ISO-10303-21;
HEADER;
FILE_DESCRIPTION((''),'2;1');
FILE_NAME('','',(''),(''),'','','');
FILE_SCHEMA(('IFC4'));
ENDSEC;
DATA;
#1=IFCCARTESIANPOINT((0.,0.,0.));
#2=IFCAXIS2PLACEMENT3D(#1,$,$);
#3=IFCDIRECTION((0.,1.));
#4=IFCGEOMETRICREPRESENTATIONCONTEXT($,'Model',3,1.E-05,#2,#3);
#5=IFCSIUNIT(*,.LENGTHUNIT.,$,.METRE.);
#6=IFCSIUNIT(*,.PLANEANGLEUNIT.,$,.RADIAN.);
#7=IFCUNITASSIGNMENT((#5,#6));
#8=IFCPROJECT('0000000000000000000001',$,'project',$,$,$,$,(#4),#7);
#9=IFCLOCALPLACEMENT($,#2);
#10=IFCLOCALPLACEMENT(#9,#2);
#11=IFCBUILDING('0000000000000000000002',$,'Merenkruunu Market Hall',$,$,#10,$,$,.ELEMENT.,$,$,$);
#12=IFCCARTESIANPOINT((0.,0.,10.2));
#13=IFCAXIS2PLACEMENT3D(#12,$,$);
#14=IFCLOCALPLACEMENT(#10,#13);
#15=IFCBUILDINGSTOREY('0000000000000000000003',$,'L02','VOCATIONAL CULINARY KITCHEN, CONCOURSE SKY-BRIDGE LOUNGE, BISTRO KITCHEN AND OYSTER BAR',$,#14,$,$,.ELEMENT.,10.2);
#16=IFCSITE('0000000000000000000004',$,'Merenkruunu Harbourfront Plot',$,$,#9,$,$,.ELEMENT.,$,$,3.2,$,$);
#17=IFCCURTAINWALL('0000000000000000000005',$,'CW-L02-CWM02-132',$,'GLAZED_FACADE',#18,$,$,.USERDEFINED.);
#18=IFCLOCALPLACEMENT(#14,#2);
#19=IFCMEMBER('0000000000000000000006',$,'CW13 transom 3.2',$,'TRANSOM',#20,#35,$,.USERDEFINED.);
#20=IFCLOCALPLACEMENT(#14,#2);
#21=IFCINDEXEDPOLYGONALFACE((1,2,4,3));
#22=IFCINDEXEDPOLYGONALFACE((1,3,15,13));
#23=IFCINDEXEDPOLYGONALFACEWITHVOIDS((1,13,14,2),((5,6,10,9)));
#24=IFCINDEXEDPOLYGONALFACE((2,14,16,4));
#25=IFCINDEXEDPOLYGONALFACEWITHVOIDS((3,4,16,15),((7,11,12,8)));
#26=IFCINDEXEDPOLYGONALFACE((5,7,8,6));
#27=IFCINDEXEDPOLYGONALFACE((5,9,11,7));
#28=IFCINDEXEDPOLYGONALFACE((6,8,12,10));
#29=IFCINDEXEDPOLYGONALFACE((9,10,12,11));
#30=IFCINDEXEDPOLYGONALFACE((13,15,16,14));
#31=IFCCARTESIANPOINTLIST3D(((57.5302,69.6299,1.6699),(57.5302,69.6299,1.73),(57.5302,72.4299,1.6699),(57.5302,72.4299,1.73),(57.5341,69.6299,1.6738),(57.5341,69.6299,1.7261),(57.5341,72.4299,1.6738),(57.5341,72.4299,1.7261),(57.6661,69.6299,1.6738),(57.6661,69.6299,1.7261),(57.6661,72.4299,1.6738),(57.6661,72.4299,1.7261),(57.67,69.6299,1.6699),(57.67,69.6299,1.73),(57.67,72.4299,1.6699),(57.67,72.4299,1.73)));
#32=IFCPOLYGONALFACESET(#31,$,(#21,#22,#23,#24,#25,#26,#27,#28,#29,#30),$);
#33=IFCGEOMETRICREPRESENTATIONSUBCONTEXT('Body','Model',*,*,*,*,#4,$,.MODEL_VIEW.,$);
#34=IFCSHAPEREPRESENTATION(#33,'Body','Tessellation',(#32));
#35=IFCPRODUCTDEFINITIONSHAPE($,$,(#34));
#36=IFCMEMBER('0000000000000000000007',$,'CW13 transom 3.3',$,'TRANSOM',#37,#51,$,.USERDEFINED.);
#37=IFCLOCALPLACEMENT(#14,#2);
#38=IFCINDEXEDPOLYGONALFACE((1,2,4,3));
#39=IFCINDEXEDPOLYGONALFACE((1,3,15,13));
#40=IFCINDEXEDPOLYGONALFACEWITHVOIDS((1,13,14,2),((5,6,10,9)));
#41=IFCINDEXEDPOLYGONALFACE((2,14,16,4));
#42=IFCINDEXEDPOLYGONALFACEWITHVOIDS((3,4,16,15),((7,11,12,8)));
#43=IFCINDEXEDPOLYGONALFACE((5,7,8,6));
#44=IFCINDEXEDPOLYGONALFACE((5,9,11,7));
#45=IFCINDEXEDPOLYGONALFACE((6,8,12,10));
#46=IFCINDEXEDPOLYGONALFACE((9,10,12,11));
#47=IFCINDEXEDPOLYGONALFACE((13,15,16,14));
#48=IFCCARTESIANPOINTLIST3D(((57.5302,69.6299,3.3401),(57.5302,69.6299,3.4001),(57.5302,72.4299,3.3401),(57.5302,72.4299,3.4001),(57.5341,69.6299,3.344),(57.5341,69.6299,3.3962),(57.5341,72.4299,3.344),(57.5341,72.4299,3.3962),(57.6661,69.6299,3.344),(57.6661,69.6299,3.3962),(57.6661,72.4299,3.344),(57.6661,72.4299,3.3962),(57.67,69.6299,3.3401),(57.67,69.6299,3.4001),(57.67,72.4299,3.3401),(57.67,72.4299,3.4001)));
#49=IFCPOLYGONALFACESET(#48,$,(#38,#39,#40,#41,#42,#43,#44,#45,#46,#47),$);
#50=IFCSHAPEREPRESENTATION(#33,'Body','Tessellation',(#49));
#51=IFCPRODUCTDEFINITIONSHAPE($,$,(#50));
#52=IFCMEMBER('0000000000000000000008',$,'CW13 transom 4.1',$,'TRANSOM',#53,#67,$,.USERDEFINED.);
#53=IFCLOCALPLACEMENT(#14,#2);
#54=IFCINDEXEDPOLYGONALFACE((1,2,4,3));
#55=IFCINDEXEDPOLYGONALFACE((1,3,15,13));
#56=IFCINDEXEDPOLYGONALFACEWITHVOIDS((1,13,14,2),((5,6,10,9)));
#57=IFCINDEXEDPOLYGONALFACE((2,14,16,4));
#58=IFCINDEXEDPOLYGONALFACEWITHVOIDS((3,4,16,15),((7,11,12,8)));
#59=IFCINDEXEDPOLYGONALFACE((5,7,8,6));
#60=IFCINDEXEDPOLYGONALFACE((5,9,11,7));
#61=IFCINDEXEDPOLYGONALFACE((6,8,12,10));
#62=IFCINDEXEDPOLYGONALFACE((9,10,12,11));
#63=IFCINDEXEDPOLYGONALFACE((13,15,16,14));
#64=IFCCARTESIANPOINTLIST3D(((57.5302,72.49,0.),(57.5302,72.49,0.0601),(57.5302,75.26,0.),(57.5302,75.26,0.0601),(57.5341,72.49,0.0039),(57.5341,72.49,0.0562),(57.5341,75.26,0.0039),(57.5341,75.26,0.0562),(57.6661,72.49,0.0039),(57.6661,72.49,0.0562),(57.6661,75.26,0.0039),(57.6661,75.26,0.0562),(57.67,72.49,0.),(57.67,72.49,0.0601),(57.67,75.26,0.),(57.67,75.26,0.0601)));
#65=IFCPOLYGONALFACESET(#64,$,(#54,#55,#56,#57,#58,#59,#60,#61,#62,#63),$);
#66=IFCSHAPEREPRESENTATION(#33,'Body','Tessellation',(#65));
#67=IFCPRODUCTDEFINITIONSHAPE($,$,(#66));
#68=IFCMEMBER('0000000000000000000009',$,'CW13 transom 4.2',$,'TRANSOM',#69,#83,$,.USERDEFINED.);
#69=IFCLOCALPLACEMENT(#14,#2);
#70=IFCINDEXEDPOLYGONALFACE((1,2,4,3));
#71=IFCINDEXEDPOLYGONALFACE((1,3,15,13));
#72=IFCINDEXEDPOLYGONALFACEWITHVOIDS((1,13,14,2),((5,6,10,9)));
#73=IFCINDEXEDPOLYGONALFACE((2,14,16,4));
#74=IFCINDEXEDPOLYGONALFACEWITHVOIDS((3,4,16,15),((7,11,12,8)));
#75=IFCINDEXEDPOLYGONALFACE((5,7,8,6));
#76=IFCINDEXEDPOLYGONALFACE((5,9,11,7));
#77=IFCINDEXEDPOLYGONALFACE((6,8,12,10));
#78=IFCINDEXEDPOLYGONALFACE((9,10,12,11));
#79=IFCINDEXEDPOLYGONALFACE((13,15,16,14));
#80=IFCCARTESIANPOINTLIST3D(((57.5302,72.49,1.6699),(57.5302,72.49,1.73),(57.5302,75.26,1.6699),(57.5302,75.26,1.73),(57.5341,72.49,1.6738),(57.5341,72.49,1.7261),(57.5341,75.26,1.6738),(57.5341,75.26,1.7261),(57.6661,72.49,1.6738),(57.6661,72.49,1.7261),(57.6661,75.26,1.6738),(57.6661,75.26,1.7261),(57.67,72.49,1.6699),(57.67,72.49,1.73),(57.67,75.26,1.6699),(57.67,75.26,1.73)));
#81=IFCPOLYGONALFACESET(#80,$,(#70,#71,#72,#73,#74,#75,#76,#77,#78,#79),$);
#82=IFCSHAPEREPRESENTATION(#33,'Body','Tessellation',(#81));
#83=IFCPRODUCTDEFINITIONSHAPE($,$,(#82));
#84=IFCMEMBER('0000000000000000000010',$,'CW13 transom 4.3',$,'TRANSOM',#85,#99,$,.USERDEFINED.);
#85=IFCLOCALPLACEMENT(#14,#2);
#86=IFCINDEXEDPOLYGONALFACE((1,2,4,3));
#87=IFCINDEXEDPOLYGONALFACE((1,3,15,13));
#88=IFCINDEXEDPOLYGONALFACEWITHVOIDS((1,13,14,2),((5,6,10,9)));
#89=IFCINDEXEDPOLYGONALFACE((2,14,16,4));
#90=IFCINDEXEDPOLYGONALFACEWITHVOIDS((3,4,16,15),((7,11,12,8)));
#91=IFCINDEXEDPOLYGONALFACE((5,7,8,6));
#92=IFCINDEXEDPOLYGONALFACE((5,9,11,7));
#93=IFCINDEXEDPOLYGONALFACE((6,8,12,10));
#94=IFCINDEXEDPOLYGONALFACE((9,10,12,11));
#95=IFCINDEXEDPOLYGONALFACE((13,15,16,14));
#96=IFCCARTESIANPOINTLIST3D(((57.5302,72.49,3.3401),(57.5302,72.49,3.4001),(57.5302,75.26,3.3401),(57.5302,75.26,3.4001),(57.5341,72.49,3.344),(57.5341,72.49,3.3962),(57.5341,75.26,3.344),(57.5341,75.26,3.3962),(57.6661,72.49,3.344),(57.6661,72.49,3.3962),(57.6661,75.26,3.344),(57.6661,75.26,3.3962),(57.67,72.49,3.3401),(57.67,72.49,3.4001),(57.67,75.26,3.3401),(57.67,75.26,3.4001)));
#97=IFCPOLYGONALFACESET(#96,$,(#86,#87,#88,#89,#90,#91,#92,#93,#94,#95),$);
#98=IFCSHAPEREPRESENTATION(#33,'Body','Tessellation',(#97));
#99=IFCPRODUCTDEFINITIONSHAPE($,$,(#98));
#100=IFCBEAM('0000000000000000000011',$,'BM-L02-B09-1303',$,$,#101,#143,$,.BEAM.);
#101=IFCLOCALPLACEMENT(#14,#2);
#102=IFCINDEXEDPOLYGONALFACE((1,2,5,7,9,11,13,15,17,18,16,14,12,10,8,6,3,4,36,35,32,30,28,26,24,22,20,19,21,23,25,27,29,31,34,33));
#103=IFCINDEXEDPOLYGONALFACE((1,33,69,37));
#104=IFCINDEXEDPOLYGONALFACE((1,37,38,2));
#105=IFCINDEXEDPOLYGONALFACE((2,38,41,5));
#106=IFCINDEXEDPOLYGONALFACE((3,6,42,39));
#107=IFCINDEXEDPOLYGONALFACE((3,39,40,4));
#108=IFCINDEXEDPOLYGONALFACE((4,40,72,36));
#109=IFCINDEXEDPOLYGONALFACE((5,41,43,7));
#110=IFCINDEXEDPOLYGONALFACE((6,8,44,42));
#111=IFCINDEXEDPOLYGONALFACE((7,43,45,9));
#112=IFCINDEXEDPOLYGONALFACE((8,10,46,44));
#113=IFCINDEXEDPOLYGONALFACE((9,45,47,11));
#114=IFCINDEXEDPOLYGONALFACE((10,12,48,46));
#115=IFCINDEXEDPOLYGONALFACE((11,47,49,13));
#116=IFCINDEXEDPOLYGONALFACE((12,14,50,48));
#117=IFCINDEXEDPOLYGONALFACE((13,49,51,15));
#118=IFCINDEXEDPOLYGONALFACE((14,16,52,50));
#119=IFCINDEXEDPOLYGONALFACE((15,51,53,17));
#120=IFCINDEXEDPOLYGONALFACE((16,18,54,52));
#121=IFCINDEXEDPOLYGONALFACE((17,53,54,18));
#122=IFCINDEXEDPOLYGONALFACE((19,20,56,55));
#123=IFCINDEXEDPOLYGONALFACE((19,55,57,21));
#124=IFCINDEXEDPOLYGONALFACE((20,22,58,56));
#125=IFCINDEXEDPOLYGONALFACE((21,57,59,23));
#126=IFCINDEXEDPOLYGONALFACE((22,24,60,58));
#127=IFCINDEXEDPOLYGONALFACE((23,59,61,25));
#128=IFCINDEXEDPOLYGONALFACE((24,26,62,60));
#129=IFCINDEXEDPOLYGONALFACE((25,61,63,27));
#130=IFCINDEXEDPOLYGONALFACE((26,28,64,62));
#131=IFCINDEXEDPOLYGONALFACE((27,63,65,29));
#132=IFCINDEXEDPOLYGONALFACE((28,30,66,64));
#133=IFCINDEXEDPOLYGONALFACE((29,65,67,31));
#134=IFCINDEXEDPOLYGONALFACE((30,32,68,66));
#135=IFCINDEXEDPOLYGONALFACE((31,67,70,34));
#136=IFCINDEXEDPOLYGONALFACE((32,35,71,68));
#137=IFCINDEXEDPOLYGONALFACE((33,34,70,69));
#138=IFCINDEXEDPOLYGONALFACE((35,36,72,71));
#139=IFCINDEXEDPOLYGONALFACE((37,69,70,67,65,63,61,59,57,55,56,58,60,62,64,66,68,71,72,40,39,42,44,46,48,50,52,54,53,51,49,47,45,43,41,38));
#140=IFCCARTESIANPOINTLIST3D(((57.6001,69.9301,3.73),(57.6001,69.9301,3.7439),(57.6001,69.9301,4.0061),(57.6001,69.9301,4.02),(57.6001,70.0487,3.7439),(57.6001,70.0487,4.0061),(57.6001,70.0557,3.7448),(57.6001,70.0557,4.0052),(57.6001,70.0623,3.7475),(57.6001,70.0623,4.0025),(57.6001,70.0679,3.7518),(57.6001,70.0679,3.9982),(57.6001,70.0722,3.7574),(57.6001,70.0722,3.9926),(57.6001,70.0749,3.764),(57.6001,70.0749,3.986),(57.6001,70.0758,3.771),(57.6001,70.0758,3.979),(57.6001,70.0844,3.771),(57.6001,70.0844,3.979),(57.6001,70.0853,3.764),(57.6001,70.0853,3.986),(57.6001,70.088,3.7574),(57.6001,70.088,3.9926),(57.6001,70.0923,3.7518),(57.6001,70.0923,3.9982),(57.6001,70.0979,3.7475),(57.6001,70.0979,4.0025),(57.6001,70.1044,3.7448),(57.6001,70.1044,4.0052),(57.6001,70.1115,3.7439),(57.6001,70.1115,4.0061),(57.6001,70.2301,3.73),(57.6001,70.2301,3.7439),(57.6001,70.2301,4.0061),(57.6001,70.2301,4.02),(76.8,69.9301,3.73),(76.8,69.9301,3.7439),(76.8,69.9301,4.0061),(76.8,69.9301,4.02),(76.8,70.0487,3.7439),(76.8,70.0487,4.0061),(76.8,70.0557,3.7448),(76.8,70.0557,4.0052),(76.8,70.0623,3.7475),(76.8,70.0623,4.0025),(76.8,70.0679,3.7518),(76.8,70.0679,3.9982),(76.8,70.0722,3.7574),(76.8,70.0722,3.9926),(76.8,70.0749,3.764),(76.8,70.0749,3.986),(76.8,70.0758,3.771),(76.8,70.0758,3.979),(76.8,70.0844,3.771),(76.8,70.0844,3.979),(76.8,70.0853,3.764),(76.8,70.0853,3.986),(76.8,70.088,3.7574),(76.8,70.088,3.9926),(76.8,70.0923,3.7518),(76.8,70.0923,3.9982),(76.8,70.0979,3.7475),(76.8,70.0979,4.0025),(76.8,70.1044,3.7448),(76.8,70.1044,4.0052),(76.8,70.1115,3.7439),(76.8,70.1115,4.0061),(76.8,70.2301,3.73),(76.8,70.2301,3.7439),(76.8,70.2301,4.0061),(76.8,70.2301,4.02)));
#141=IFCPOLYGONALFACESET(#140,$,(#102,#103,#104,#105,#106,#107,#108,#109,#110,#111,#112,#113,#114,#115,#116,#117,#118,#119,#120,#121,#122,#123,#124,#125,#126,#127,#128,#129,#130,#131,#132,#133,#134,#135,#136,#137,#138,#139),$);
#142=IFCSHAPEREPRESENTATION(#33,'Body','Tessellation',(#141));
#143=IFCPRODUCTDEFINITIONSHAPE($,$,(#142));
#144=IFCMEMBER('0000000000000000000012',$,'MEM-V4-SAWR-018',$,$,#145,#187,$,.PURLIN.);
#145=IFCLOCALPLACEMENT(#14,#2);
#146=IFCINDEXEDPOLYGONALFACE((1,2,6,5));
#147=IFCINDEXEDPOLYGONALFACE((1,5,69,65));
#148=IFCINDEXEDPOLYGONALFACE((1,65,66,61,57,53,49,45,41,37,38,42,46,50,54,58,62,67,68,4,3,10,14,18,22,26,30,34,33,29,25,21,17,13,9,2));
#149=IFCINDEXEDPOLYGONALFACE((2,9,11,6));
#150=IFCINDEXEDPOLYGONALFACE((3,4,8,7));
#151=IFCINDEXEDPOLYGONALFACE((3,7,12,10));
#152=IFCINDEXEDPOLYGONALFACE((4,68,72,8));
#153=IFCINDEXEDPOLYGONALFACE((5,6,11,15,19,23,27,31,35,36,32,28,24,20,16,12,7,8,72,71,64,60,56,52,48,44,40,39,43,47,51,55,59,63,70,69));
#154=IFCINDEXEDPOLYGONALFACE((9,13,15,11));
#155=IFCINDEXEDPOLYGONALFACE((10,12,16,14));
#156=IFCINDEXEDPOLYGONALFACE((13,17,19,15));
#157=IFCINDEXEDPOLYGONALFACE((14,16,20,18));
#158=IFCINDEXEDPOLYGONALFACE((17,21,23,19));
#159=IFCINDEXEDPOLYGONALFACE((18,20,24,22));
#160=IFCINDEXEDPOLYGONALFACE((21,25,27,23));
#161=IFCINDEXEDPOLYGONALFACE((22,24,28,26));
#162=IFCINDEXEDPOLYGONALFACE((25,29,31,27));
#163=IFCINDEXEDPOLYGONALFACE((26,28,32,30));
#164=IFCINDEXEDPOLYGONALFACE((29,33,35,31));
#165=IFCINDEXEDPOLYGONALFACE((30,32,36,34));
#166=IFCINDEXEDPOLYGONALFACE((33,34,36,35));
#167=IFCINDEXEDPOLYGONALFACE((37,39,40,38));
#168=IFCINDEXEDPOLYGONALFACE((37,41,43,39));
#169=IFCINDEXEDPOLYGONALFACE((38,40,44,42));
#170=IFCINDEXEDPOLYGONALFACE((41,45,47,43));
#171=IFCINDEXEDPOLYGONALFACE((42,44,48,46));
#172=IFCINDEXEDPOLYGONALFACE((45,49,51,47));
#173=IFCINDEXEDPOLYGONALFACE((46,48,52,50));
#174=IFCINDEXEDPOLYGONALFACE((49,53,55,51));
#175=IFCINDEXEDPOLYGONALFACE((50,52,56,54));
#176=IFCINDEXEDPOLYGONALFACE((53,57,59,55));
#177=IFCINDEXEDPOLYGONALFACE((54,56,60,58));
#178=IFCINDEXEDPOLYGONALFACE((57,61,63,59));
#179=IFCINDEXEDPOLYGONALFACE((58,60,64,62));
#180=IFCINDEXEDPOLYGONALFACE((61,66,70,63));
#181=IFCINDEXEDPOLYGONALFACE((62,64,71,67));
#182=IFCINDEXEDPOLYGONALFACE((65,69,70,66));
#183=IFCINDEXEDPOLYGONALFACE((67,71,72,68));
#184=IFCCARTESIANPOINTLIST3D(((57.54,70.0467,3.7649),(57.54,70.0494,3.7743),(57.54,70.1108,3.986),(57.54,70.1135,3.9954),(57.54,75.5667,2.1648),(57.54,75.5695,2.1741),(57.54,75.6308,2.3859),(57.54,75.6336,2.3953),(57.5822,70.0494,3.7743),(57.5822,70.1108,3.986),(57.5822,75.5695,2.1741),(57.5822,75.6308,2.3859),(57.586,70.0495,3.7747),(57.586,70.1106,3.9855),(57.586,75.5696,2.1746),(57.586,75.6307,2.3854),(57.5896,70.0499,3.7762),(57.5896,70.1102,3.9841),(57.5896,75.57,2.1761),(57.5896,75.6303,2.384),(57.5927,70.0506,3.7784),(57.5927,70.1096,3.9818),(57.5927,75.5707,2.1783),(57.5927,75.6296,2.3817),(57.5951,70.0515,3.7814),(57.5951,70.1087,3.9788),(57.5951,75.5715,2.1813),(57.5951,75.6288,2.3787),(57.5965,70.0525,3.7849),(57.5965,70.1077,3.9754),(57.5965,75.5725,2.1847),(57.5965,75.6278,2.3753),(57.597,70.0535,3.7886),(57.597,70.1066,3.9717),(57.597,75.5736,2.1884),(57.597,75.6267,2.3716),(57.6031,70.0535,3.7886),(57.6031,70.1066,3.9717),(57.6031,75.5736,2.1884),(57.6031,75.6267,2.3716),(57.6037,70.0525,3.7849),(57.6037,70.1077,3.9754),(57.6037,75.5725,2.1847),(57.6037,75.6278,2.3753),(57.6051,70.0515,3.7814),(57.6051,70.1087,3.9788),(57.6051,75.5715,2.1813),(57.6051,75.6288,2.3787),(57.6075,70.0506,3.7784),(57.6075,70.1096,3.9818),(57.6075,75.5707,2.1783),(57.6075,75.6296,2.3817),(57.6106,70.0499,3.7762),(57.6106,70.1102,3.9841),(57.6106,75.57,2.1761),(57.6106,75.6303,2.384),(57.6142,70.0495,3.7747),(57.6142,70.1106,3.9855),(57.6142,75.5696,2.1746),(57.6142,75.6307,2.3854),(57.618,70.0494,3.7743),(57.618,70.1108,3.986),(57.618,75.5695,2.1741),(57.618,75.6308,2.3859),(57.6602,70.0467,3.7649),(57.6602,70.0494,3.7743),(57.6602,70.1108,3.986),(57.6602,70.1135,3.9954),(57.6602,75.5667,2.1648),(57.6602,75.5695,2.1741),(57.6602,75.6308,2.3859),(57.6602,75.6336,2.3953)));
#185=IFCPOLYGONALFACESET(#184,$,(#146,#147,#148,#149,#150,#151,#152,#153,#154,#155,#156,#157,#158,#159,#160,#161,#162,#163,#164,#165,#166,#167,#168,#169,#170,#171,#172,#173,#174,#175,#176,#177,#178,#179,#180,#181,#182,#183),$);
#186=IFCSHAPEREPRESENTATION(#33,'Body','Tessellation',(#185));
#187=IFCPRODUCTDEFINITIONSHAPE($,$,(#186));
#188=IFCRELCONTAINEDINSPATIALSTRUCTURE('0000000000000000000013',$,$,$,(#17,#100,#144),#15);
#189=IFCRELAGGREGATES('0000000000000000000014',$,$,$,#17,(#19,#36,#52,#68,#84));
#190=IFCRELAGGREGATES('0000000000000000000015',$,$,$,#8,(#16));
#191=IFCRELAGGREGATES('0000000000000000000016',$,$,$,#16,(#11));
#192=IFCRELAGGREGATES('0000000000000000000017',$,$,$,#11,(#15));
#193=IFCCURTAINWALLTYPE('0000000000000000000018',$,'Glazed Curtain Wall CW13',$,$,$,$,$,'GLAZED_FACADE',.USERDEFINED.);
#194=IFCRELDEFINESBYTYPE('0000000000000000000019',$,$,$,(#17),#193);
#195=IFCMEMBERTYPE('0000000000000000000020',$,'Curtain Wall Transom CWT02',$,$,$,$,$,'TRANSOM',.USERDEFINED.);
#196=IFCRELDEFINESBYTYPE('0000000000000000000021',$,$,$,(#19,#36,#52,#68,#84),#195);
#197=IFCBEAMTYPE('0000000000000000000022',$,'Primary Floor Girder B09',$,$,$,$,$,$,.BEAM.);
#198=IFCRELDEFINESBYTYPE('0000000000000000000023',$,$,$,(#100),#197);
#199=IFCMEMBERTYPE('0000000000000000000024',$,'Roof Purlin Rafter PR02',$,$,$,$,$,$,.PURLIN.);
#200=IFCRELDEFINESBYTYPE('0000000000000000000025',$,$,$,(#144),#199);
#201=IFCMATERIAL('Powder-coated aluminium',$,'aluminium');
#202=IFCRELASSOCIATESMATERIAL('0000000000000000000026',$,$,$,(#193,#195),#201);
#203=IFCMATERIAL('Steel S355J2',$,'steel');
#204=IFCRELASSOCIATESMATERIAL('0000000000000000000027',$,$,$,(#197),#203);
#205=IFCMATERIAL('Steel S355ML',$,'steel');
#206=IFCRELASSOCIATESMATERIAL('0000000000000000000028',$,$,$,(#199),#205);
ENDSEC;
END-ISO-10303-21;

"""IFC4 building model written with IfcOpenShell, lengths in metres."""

from ifc_helpers import new_model, si_unit, direction, frame, origin, origin_2d, place, context, subcontext, project, spatial, hollow_rectangle, i_section, extrude, material, material_profile, profile_set, type_object, element, aggregate, save


model = new_model("IFC4")

# Units and contexts
model_context = context("Model", 3, precision=1e-05, world=origin(), true_north=direction((0.0, 1.0)))
body_context = subcontext(model_context, "Body", "Model", "MODEL_VIEW")
ifc_project = project(units=[si_unit("LENGTHUNIT", "METRE"), si_unit("PLANEANGLEUNIT", "RADIAN")], contexts=[model_context])

# Site, building, storey
site_placement = place(None, origin())
site = spatial("IfcSite", under=ifc_project, at=site_placement, Name="Merenkruunu Harbourfront Plot", CompositionType="ELEMENT", RefElevation=3.2)
building_placement = place(site_placement, origin())
building = spatial("IfcBuilding", under=site, at=building_placement, Name="Merenkruunu Market Hall", CompositionType="ELEMENT")
storey_placement = place(building_placement, frame((0.0, 0.0, 10.2)))
storey = spatial("IfcBuildingStorey", under=building, at=storey_placement, Name="L02", Description="VOCATIONAL CULINARY KITCHEN, CONCOURSE SKY-BRIDGE LOUNGE, BISTRO KITCHEN AND OYSTER BAR", CompositionType="ELEMENT", Elevation=10.2)

# Shared definitions
ifc_material_1 = material(Name="Steel S355ML", Category="steel")

# Curtain wall, members
ifc_material_2 = material(Name="Powder-coated aluminium", Category="aluminium")
curtain_wall_type = type_object("IfcCurtainWallType", Name="Glazed Curtain Wall CW13", ElementType="GLAZED_FACADE", PredefinedType="USERDEFINED", material=ifc_material_2)
curtain_wall_placement = place(storey_placement, origin())
curtain_wall = element("IfcCurtainWall", 1, at=curtain_wall_placement, inside=storey, type_object=curtain_wall_type, Name="CW-L02-CWM02-132", ObjectType="GLAZED_FACADE", PredefinedType="USERDEFINED")
ifc_material_profile_1 = material_profile(ifc_material_2, hollow_rectangle(XDim=0.0601, YDim=0.1399, WallThickness=0.0039, at=origin_2d()), Name="ALU 60x140x4")
ifc_profile_set_1 = profile_set([ifc_material_profile_1], Name="Powder-coated aluminium")
member_type_1 = type_object("IfcMemberType", Name="Curtain Wall Transom CWT02", ElementType="TRANSOM", PredefinedType="USERDEFINED", material=ifc_profile_set_1)
member_1_placement = place(storey_placement, frame((57.6001, 69.6299, 1.7), z_axis=(0.0, 1.0, 0.0), x_axis=(0.0, 0.0, 1.0)))
member_1 = element("IfcMember", 2, at=member_1_placement, type_object=member_type_1, Name="CW13 transom 3.2", ObjectType="TRANSOM", PredefinedType="USERDEFINED", context=body_context, shape_type="SweptSolid", body=[
    extrude(hollow_rectangle(XDim=0.0601, YDim=0.1399, WallThickness=0.0039, at=origin_2d()), origin(), (0.0, 0.0, 1.0), 2.8),
])
member_2_placement = place(storey_placement, frame((57.6001, 69.6299, 3.3701), z_axis=(0.0, 1.0, 0.0), x_axis=(0.0, 0.0, 1.0)))
member_2 = element("IfcMember", 3, at=member_2_placement, type_object=member_type_1, Name="CW13 transom 3.3", ObjectType="TRANSOM", PredefinedType="USERDEFINED", context=body_context, shape_type="SweptSolid", body=[
    extrude(hollow_rectangle(XDim=0.0601, YDim=0.1399, WallThickness=0.0039, at=origin_2d()), origin(), (0.0, 0.0, 1.0), 2.8),
])
member_3_placement = place(storey_placement, frame((57.6001, 72.49, 0.03), z_axis=(0.0, 1.0, 0.0), x_axis=(0.0, 0.0, 1.0)))
member_3 = element("IfcMember", 4, at=member_3_placement, type_object=member_type_1, Name="CW13 transom 4.1", ObjectType="TRANSOM", PredefinedType="USERDEFINED", context=body_context, shape_type="SweptSolid", body=[
    extrude(hollow_rectangle(XDim=0.0601, YDim=0.1399, WallThickness=0.0039, at=origin_2d()), origin(), (0.0, 0.0, 1.0), 2.77),
])
member_4_placement = place(storey_placement, frame((57.6001, 72.49, 1.7), z_axis=(0.0, 1.0, 0.0), x_axis=(0.0, 0.0, 1.0)))
member_4 = element("IfcMember", 5, at=member_4_placement, type_object=member_type_1, Name="CW13 transom 4.2", ObjectType="TRANSOM", PredefinedType="USERDEFINED", context=body_context, shape_type="SweptSolid", body=[
    extrude(hollow_rectangle(XDim=0.0601, YDim=0.1399, WallThickness=0.0039, at=origin_2d()), origin(), (0.0, 0.0, 1.0), 2.77),
])
member_5_placement = place(storey_placement, frame((57.6001, 72.49, 3.3701), z_axis=(0.0, 1.0, 0.0), x_axis=(0.0, 0.0, 1.0)))
member_5 = element("IfcMember", 6, at=member_5_placement, type_object=member_type_1, Name="CW13 transom 4.3", ObjectType="TRANSOM", PredefinedType="USERDEFINED", context=body_context, shape_type="SweptSolid", body=[
    extrude(hollow_rectangle(XDim=0.0601, YDim=0.1399, WallThickness=0.0039, at=origin_2d()), origin(), (0.0, 0.0, 1.0), 2.77),
])

# Beam
ifc_material_3 = material(Name="Steel S355J2", Category="steel")
ifc_material_profile_2 = material_profile(ifc_material_3, i_section(OverallWidth=0.3, OverallDepth=0.29, WebThickness=0.0085, FlangeThickness=0.0139, FilletRadius=0.0271, at=origin_2d()), Name="HEA 300")
ifc_profile_set_2 = profile_set([ifc_material_profile_2], Name="Steel S355J2")
beam_type = type_object("IfcBeamType", Name="Primary Floor Girder B09", PredefinedType="BEAM", material=ifc_profile_set_2)
beam_placement = place(storey_placement, frame((57.6001, 70.0801, 3.875), z_axis=(1.0, 0.0, 0.0), x_axis=(0.0, 1.0, 0.0)))
element("IfcBeam", 7, at=beam_placement, inside=storey, type_object=beam_type, Name="BM-L02-B09-1303", PredefinedType="BEAM", context=body_context, shape_type="SweptSolid", body=[
    extrude(i_section(OverallWidth=0.3, OverallDepth=0.29, WebThickness=0.0085, FlangeThickness=0.0139, FilletRadius=0.0271, at=origin_2d()), origin(), (0.0, 0.0, 1.0), 19.2),
])

# Member
ifc_material_profile_3 = material_profile(ifc_material_1, i_section(OverallWidth=0.1201, OverallDepth=0.24, WebThickness=0.0061, FlangeThickness=0.0098, FilletRadius=0.0149, at=origin_2d()), Name="IPE 240")
ifc_profile_set_3 = profile_set([ifc_material_profile_3], Name="Steel S355ML")
member_type_2 = type_object("IfcMemberType", Name="Roof Purlin Rafter PR02", PredefinedType="PURLIN", material=ifc_profile_set_3)
member_6_placement = place(storey_placement, frame((57.6001, 70.0801, 3.8801), z_axis=(0.0, 0.960462, -0.278411), x_axis=(-1.0, 0.0, 0.0)))
element("IfcMember", 8, at=member_6_placement, inside=storey, type_object=member_type_2, Name="MEM-V4-SAWR-018", PredefinedType="PURLIN", context=body_context, shape_type="SweptSolid", body=[
    extrude(i_section(OverallWidth=0.1201, OverallDepth=0.24, WebThickness=0.0061, FlangeThickness=0.0098, FilletRadius=0.0149, at=origin_2d()), origin(), (0.0, 0.0, 1.0), 5.7473),
])

aggregate(curtain_wall, [member_1, member_2, member_3, member_4, member_5])

save(model, "model.ifc")
